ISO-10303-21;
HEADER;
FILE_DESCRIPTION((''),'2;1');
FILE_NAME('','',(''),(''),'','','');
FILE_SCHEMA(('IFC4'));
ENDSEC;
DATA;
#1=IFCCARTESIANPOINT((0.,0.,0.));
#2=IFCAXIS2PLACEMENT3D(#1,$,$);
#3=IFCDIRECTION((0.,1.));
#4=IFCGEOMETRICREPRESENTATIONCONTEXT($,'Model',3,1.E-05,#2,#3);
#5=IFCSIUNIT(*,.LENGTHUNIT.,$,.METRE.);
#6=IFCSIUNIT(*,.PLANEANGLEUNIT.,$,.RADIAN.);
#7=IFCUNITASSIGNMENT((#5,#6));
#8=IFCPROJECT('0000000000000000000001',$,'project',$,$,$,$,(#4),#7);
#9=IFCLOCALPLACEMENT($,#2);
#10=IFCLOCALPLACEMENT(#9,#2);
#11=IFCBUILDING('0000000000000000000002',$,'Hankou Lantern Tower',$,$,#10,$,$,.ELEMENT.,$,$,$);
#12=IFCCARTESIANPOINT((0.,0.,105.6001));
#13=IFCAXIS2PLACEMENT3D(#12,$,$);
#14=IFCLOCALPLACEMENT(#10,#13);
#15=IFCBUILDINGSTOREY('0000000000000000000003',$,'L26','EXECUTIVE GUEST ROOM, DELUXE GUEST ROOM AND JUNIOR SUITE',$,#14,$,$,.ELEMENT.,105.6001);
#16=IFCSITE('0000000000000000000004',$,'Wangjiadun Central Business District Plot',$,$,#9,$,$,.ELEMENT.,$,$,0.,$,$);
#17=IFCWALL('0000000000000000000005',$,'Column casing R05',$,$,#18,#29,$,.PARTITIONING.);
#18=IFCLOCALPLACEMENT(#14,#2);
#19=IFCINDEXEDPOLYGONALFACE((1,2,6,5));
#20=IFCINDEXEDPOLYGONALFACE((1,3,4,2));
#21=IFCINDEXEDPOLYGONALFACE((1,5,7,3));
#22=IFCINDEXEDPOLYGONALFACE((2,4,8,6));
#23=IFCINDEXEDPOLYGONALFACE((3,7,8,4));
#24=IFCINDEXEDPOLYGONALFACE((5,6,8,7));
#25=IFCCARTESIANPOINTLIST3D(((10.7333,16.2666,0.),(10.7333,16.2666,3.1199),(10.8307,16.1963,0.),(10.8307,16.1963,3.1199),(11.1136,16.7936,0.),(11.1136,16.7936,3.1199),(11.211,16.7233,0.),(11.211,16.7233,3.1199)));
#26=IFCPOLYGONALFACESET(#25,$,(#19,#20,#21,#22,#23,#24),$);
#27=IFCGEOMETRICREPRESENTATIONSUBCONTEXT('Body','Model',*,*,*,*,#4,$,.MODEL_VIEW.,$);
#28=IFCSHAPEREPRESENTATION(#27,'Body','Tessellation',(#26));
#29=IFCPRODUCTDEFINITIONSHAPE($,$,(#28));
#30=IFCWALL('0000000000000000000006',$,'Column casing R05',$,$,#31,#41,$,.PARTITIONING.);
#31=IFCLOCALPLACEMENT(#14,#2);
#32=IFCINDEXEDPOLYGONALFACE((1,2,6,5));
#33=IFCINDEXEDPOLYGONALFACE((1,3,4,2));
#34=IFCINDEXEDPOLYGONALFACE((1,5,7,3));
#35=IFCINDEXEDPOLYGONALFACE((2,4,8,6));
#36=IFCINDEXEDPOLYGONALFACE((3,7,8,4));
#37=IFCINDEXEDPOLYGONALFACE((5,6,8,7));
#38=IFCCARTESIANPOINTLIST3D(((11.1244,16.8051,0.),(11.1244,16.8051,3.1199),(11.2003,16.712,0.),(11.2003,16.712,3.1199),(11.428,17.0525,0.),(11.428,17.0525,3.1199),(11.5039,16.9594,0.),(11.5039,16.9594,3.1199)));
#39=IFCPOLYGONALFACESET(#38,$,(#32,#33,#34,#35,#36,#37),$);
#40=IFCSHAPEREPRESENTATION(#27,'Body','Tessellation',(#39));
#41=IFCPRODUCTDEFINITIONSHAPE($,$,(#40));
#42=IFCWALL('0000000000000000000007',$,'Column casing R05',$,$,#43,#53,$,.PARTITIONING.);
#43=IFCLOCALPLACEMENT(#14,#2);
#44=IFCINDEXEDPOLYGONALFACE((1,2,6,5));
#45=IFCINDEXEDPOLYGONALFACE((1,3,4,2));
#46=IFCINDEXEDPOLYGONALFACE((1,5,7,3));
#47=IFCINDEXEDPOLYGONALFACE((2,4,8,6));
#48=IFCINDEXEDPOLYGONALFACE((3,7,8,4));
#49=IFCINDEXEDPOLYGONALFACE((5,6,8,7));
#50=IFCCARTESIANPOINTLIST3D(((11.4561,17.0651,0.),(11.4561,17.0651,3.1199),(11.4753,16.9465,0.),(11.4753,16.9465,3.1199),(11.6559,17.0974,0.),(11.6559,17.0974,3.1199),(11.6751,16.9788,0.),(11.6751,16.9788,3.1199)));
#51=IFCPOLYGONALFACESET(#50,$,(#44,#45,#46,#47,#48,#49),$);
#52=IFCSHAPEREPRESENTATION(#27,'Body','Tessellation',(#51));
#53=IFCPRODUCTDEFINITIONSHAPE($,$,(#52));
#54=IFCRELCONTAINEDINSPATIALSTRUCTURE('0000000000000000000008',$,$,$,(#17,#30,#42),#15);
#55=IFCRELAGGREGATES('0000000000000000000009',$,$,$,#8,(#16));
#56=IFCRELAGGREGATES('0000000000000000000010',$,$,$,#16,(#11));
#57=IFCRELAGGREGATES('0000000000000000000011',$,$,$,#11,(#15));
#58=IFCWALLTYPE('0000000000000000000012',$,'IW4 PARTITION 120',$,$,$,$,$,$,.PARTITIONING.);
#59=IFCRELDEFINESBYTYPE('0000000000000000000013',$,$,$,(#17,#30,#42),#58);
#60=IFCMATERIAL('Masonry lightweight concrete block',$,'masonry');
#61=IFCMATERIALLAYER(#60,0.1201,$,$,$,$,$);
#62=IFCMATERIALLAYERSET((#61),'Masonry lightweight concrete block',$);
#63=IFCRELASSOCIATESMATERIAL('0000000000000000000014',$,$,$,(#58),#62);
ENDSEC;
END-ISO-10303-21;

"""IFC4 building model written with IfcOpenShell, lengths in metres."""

from ifc_helpers import new_model, si_unit, direction, frame, frame_2d, origin, place, context, subcontext, project, spatial, rectangle, extrude, material, layer, layer_set, type_object, element, save


model = new_model("IFC4")

# Units and contexts
model_context = context("Model", 3, precision=1e-05, world=origin(), true_north=direction((0.0, 1.0)))
body_context = subcontext(model_context, "Body", "Model", "MODEL_VIEW")
ifc_project = project(units=[si_unit("LENGTHUNIT", "METRE"), si_unit("PLANEANGLEUNIT", "RADIAN")], contexts=[model_context])

# Site, building, storey
site_placement = place(None, origin())
site = spatial("IfcSite", under=ifc_project, at=site_placement, Name="Wangjiadun Central Business District Plot", CompositionType="ELEMENT", RefElevation=0.0)
building_placement = place(site_placement, origin())
building = spatial("IfcBuilding", under=site, at=building_placement, Name="Hankou Lantern Tower", CompositionType="ELEMENT")
storey_placement = place(building_placement, frame((0.0, 0.0, 105.6001)))
storey = spatial("IfcBuildingStorey", under=building, at=storey_placement, Name="L26", Description="EXECUTIVE GUEST ROOM, DELUXE GUEST ROOM AND JUNIOR SUITE", CompositionType="ELEMENT", Elevation=105.6001)

# Walls
ifc_material_1 = material(Name="Masonry lightweight concrete block", Category="masonry")
ifc_layer_1 = layer(ifc_material_1, 0.1201)
ifc_layer_set_1 = layer_set([ifc_layer_1], Name="Masonry lightweight concrete block")
wall_type_1 = type_object("IfcWallType", Name="IW4 PARTITION 120", PredefinedType="PARTITIONING", material=ifc_layer_set_1)
wall_1_placement = place(storey_placement, frame((10.782, 16.2314, 0.0), z_axis=(0.0, 0.0, 1.0), x_axis=(0.585175, 0.810907, 0.0)))
element("IfcWall", 1, at=wall_1_placement, inside=storey, type_object=wall_type_1, Name="Column casing R05", PredefinedType="PARTITIONING", context=body_context, shape_type="SweptSolid", body=[
    extrude(rectangle(XDim=0.6499, YDim=0.1201, at=frame_2d((0.325, 0.0))), origin(), (0.0, 0.0, 1.0), 3.1199),
])
wall_2_placement = place(storey_placement, frame((11.1624, 16.7585, 0.0), z_axis=(0.0, 0.0, 1.0), x_axis=(0.775178, 0.631742, 0.0)))
element("IfcWall", 2, at=wall_2_placement, inside=storey, type_object=wall_type_1, Name="Column casing R05", PredefinedType="PARTITIONING", context=body_context, shape_type="SweptSolid", body=[
    extrude(rectangle(XDim=0.3916, YDim=0.1201, at=frame_2d((0.1958, 0.0))), origin(), (0.0, 0.0, 1.0), 3.1199),
])
wall_3_placement = place(storey_placement, frame((11.4658, 17.0059, 0.0), z_axis=(0.0, 0.0, 1.0), x_axis=(0.987229, 0.159308, 0.0)))
element("IfcWall", 3, at=wall_3_placement, inside=storey, type_object=wall_type_1, Name="Column casing R05", PredefinedType="PARTITIONING", context=body_context, shape_type="SweptSolid", body=[
    extrude(rectangle(XDim=0.2024, YDim=0.1201, at=frame_2d((0.1011, 0.0))), origin(), (0.0, 0.0, 1.0), 3.1199),
])

save(model, "model.ifc")
